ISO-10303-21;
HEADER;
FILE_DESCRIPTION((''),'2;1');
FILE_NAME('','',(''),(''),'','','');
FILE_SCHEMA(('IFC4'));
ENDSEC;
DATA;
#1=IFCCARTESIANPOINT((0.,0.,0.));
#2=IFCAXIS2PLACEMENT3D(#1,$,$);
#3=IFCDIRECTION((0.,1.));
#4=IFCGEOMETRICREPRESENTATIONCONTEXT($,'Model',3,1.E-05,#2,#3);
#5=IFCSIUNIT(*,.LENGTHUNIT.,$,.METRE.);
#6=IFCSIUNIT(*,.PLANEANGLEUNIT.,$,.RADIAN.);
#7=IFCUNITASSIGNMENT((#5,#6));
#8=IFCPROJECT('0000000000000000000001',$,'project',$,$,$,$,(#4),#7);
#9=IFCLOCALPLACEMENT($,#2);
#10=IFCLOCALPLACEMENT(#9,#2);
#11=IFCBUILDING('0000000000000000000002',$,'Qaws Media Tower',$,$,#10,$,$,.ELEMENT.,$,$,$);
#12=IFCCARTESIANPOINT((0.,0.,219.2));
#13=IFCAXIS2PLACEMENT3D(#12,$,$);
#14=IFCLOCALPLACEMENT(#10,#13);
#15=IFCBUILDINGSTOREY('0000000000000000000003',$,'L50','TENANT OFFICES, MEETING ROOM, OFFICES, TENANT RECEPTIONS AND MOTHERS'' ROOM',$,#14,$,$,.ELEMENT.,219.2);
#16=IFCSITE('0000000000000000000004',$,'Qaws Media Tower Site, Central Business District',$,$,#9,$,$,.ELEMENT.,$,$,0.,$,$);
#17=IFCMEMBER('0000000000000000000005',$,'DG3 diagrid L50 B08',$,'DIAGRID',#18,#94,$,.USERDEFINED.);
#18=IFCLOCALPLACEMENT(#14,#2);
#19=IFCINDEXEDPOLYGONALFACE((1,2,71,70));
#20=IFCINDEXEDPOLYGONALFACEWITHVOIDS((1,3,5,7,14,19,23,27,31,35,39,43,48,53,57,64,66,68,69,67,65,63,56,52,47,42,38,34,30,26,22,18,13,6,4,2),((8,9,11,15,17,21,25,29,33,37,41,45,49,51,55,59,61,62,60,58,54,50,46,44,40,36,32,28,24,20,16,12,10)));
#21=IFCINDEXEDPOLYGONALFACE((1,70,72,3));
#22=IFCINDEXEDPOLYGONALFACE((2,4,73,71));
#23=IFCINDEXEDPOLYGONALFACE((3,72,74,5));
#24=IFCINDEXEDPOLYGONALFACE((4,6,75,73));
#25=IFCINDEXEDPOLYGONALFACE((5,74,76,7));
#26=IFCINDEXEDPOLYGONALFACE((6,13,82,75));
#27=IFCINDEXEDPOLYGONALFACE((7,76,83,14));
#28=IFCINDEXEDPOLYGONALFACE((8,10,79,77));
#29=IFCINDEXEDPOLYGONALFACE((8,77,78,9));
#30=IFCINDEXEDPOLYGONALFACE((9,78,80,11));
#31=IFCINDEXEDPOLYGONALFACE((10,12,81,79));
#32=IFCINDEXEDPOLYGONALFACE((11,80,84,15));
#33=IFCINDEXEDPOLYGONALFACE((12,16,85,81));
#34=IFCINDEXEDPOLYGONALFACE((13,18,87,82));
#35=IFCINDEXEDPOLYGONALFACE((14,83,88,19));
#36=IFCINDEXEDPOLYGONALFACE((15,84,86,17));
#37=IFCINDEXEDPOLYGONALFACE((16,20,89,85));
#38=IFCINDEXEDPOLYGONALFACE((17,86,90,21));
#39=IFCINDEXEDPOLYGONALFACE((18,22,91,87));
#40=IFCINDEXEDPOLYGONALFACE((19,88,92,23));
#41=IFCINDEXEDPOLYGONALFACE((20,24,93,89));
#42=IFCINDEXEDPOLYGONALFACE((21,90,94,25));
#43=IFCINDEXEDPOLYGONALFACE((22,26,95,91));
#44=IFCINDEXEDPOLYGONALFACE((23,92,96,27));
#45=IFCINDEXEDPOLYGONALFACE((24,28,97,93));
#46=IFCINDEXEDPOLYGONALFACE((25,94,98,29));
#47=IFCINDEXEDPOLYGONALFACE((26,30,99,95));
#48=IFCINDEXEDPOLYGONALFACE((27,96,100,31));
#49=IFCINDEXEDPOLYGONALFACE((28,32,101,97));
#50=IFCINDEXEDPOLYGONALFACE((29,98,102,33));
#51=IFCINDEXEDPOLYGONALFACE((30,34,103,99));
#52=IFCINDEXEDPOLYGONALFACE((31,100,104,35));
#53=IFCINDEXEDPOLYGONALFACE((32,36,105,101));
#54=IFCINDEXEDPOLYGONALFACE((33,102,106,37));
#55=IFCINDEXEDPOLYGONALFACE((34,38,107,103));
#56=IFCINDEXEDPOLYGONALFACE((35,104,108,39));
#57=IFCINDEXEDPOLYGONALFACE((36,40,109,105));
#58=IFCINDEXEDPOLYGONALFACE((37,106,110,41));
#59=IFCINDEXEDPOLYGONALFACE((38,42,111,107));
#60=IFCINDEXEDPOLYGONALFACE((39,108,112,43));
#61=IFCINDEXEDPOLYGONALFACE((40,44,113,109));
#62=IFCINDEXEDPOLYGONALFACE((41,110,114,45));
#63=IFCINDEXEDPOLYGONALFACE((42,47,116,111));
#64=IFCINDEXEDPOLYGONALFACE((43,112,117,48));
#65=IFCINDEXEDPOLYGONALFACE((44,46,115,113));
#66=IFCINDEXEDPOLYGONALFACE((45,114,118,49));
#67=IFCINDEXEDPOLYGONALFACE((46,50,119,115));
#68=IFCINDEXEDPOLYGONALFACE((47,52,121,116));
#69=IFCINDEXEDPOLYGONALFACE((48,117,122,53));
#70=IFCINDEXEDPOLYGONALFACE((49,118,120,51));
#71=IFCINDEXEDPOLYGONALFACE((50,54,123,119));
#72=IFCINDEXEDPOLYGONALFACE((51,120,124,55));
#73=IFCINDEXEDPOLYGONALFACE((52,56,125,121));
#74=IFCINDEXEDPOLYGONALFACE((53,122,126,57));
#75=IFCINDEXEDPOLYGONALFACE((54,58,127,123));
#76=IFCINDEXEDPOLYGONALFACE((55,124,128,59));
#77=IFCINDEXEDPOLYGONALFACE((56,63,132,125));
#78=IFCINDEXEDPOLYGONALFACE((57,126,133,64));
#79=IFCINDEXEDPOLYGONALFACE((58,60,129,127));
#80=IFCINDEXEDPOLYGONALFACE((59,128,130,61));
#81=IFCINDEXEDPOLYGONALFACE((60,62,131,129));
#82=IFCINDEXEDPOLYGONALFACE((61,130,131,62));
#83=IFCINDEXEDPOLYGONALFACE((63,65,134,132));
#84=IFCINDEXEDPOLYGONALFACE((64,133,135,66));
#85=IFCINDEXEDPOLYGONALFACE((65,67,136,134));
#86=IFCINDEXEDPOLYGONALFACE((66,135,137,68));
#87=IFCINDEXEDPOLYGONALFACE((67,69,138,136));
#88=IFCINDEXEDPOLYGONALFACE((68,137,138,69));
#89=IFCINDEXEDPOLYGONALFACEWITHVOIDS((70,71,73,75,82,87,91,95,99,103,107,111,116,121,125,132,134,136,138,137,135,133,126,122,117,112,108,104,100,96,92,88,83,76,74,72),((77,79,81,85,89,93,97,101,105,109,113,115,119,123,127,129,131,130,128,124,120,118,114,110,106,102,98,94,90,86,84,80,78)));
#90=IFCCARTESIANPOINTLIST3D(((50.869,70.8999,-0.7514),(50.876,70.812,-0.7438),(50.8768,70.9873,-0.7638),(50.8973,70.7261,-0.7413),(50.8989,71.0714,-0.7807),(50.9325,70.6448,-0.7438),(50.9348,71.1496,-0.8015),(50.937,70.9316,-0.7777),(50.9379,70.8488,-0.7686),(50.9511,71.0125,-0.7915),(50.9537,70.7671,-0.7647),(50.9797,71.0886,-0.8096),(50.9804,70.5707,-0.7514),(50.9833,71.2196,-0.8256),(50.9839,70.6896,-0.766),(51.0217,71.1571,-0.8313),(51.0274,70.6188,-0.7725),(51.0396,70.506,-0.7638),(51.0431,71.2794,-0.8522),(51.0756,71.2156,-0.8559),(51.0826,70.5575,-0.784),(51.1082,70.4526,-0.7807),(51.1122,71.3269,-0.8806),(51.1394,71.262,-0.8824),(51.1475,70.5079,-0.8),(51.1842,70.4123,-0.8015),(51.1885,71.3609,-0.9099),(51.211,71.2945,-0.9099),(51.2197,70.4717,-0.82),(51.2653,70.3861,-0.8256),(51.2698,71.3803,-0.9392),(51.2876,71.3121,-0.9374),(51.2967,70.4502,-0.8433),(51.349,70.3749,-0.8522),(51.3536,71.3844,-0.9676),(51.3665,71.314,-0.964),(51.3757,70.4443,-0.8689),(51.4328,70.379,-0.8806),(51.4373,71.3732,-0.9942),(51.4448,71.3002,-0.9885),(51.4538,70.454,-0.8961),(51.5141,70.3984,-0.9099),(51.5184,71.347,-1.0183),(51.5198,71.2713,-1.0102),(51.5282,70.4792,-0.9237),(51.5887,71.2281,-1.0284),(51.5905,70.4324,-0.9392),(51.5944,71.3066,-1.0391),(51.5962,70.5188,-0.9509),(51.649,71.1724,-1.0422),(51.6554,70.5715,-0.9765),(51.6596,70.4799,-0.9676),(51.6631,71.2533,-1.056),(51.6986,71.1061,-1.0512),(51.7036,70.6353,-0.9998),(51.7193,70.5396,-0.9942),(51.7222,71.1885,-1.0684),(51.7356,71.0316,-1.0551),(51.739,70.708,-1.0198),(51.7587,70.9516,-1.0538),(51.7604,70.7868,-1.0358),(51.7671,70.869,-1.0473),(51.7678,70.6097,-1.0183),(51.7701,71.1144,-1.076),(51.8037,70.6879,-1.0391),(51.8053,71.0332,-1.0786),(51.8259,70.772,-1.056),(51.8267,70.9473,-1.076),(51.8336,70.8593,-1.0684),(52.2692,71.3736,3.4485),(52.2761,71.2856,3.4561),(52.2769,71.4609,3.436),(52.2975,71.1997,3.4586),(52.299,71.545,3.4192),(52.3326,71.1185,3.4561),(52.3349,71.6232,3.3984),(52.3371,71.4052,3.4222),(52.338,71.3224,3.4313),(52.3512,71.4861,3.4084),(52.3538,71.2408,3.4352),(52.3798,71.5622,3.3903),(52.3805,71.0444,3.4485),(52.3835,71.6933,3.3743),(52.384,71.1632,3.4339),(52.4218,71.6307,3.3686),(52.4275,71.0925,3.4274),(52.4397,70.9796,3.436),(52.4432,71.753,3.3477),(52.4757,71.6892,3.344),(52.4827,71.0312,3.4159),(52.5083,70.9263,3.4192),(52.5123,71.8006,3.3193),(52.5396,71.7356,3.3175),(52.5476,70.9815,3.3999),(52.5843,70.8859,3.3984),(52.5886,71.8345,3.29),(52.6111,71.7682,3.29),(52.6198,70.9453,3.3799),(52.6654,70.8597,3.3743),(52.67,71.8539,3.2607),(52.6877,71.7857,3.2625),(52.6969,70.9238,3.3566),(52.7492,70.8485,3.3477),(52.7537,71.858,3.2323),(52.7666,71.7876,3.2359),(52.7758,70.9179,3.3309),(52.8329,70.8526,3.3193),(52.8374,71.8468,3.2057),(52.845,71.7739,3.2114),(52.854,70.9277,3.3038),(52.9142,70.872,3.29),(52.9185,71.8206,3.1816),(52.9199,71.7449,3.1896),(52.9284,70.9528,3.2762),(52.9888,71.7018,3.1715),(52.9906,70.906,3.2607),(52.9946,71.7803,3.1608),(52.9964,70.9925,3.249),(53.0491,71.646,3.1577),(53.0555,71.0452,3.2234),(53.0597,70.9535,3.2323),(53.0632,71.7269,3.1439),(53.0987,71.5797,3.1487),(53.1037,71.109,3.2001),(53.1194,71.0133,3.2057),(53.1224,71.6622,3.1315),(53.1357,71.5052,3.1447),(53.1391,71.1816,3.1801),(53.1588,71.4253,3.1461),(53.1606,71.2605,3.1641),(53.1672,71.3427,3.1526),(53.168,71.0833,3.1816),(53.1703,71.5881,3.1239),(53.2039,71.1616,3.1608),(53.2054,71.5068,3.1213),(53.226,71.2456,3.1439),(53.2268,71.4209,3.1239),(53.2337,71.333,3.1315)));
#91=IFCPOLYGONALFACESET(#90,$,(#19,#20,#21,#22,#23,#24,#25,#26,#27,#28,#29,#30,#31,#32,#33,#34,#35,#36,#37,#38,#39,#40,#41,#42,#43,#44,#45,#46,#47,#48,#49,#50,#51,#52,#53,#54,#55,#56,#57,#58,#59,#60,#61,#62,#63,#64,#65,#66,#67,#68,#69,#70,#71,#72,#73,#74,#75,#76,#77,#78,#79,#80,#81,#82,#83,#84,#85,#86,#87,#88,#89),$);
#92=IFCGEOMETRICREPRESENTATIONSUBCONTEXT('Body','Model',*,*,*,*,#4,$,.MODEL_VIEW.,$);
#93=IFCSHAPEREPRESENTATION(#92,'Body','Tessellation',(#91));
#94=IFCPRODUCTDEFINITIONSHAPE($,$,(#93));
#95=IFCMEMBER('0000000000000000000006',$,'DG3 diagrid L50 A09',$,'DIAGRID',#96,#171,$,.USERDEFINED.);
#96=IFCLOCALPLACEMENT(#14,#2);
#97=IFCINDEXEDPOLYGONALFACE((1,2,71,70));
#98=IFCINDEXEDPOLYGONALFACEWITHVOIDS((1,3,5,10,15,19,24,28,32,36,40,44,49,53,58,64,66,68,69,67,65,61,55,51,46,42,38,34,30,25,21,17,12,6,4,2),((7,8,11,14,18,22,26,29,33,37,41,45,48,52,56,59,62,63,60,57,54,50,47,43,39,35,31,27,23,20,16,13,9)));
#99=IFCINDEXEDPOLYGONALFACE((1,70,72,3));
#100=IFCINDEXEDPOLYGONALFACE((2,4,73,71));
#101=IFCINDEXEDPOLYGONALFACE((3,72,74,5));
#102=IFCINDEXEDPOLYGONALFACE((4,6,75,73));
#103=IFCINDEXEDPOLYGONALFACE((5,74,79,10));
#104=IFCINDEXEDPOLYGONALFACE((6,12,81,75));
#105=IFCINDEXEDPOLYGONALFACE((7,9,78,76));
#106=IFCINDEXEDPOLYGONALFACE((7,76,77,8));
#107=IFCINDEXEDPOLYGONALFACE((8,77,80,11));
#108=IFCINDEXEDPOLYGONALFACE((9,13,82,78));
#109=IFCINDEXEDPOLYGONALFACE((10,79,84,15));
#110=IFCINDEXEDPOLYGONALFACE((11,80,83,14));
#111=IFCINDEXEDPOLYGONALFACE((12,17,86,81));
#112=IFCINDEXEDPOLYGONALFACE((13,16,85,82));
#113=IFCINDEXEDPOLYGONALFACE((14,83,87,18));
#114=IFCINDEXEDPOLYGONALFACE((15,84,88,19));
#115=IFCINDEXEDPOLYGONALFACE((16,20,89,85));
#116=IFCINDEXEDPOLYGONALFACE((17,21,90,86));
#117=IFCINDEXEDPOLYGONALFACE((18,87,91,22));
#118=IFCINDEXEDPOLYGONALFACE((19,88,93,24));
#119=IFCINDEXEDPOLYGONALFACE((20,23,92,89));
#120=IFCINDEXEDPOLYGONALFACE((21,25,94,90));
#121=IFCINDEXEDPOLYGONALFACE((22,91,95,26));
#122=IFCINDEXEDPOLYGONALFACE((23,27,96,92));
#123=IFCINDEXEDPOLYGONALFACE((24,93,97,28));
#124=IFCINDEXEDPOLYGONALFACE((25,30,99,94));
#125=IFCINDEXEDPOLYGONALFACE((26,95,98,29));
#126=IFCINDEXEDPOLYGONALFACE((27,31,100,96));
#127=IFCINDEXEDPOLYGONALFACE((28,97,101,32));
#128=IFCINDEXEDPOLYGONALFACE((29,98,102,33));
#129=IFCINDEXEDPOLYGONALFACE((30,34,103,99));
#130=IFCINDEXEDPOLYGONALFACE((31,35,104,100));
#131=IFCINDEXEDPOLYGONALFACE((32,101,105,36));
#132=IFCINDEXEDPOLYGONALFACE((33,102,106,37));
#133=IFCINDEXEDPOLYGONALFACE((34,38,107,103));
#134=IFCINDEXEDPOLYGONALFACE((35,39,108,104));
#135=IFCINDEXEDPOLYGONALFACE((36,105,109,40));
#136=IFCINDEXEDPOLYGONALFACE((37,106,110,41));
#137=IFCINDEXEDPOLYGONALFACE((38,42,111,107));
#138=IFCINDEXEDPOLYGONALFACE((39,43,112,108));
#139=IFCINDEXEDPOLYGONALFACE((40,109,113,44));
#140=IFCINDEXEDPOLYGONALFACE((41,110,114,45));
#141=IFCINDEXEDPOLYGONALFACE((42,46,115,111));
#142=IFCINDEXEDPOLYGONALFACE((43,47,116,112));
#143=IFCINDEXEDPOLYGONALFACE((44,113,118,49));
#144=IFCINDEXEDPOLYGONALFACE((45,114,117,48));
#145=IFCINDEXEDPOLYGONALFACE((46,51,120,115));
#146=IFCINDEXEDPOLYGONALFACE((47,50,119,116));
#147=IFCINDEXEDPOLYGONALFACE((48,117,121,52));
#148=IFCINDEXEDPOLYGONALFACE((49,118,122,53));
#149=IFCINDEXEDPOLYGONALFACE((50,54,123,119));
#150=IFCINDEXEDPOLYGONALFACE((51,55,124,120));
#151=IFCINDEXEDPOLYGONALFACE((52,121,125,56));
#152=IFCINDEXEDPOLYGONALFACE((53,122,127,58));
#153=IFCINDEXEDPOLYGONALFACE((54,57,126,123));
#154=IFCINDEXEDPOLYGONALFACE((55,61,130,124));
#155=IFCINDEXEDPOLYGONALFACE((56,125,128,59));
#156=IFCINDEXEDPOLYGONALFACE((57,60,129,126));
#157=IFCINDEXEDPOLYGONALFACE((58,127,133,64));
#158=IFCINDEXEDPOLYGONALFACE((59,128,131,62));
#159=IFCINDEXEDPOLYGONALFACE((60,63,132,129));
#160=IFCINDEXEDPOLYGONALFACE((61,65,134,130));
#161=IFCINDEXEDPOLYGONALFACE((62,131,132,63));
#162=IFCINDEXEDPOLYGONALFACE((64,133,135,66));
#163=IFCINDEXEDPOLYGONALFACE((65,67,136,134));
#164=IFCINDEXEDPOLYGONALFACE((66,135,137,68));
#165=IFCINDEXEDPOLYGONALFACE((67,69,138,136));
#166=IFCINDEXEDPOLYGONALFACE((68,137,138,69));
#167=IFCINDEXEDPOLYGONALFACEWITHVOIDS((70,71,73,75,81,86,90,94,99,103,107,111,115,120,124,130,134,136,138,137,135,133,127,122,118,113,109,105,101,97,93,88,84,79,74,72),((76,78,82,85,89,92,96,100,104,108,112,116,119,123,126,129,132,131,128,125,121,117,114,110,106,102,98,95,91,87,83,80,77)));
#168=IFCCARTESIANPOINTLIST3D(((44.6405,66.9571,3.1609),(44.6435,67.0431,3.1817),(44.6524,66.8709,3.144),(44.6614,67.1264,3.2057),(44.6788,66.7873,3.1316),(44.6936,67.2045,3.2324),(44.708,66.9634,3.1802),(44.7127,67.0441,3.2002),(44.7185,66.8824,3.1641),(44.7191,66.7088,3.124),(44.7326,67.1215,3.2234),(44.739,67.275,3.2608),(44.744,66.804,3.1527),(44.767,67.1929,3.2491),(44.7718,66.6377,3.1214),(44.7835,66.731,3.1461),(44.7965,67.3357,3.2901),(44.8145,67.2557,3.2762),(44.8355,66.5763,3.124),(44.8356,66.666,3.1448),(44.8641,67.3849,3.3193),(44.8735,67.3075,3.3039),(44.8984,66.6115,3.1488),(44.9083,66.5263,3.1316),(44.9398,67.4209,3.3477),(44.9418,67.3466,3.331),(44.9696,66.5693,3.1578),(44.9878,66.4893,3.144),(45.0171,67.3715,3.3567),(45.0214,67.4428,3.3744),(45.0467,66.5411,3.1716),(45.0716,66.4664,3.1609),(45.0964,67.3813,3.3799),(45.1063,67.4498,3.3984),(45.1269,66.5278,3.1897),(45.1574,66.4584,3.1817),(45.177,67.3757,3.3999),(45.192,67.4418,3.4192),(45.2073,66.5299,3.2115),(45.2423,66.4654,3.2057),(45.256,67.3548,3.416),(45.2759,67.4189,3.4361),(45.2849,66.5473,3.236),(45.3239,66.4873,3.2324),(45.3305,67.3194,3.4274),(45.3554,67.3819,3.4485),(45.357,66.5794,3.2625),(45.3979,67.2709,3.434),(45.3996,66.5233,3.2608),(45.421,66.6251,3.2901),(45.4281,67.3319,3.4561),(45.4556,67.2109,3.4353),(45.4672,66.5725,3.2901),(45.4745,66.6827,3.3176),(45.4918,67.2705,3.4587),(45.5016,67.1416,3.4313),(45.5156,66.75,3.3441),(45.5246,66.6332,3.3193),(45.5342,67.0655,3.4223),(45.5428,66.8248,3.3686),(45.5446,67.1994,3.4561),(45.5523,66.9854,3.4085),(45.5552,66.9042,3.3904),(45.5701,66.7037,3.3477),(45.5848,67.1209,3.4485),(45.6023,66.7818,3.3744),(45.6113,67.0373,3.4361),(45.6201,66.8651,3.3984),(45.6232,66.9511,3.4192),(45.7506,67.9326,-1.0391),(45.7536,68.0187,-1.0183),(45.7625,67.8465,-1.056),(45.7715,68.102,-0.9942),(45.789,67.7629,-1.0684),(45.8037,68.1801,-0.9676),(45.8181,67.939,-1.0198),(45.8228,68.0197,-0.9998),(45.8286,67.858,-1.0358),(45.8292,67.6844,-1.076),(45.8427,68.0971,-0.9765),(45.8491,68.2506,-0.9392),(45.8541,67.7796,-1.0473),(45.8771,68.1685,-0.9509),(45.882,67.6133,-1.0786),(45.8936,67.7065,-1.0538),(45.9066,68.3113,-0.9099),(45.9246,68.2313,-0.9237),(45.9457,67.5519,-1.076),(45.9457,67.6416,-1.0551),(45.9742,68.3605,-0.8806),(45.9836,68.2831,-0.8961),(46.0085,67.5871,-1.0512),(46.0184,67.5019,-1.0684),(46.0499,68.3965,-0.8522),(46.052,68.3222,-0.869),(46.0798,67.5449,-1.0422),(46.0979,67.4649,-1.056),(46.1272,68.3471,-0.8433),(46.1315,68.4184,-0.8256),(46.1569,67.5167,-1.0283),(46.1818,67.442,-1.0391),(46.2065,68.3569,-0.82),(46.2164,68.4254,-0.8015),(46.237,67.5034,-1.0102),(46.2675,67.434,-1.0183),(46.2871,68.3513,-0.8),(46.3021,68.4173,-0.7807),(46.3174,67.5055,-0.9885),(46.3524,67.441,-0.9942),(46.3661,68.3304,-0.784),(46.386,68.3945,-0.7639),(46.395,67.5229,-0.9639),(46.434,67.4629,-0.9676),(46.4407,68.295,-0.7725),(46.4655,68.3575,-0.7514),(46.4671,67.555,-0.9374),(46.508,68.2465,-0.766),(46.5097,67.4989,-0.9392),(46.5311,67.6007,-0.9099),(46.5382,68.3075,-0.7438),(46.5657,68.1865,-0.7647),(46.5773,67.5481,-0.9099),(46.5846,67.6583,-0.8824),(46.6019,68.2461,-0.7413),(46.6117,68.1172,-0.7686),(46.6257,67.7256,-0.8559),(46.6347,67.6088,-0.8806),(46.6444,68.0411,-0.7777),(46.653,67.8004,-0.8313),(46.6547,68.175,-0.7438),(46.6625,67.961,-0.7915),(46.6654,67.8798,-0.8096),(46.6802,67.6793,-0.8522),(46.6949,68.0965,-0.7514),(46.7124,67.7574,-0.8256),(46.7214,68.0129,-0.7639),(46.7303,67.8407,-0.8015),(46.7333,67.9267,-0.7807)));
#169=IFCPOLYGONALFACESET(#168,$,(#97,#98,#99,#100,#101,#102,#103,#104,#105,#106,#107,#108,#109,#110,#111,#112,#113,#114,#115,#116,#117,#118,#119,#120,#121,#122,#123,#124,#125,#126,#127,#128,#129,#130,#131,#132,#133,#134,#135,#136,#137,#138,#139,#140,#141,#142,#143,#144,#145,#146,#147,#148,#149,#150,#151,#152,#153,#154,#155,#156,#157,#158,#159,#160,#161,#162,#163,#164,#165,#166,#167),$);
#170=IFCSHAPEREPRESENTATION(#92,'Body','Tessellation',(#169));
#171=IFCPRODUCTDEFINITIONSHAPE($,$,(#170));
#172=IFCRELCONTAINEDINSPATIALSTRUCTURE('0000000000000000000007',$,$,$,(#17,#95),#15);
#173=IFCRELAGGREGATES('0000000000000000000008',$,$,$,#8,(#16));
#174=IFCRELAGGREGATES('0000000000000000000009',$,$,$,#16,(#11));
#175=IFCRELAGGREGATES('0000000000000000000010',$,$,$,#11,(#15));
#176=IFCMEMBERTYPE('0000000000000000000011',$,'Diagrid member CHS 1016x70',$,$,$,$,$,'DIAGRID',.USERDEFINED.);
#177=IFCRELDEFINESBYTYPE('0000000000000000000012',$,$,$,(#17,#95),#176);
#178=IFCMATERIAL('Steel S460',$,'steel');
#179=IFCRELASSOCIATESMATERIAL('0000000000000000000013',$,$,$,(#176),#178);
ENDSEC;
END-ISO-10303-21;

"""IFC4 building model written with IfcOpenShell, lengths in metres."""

from ifc_helpers import new_model, si_unit, direction, frame, origin, origin_2d, place, context, subcontext, project, spatial, hollow_circle, extrude, material, material_profile, profile_set, type_object, element, save


model = new_model("IFC4")

# Units and contexts
model_context = context("Model", 3, precision=1e-05, world=origin(), true_north=direction((0.0, 1.0)))
body_context = subcontext(model_context, "Body", "Model", "MODEL_VIEW")
ifc_project = project(units=[si_unit("LENGTHUNIT", "METRE"), si_unit("PLANEANGLEUNIT", "RADIAN")], contexts=[model_context])

# Site, building, storey
site_placement = place(None, origin())
site = spatial("IfcSite", under=ifc_project, at=site_placement, Name="Qaws Media Tower Site, Central Business District", CompositionType="ELEMENT", RefElevation=0.0)
building_placement = place(site_placement, origin())
building = spatial("IfcBuilding", under=site, at=building_placement, Name="Qaws Media Tower", CompositionType="ELEMENT")
storey_placement = place(building_placement, frame((0.0, 0.0, 219.2)))
storey = spatial("IfcBuildingStorey", under=building, at=storey_placement, Name="L50", Description="TENANT OFFICES, MEETING ROOM, OFFICES, TENANT RECEPTIONS AND MOTHERS' ROOM", CompositionType="ELEMENT", Elevation=219.2)

# Members
ifc_material_1 = material(Name="Steel S460", Category="steel")
ifc_material_profile_1 = material_profile(ifc_material_1, hollow_circle(Radius=0.5081, WallThickness=0.0701, at=origin_2d()), Name="CHS 1016x70")
ifc_profile_set_1 = profile_set([ifc_material_profile_1], Name="Steel S460")
member_type_1 = type_object("IfcMemberType", Name="Diagrid member CHS 1016x70", ElementType="DIAGRID", PredefinedType="USERDEFINED", material=ifc_profile_set_1)
for number, where, z_axis, x_axis, name in (
    (1, (51.3513, 70.8796, -0.9099), (0.314466, 0.106376, 0.94329), (-0.320437, 0.94727, 0.0), "DG3 diagrid L50 B08"),
    (2, (46.2419, 67.9297, -0.9099), (-0.249329, -0.219116, 0.943305), (0.660129, -0.751152, 0.0), "DG3 diagrid L50 A09"),
):
    element("IfcMember", number, at=place(storey_placement, frame(where, z_axis=z_axis, x_axis=x_axis)), inside=storey, type_object=member_type_1, Name=name, ObjectType="DIAGRID", PredefinedType="USERDEFINED", context=body_context, shape_type="SweptSolid", body=[
        extrude(hollow_circle(Radius=0.5081, WallThickness=0.0701, at=origin_2d()), origin(), (0.0, 0.0, 1.0), 4.4524),
    ])

save(model, "model.ifc")
